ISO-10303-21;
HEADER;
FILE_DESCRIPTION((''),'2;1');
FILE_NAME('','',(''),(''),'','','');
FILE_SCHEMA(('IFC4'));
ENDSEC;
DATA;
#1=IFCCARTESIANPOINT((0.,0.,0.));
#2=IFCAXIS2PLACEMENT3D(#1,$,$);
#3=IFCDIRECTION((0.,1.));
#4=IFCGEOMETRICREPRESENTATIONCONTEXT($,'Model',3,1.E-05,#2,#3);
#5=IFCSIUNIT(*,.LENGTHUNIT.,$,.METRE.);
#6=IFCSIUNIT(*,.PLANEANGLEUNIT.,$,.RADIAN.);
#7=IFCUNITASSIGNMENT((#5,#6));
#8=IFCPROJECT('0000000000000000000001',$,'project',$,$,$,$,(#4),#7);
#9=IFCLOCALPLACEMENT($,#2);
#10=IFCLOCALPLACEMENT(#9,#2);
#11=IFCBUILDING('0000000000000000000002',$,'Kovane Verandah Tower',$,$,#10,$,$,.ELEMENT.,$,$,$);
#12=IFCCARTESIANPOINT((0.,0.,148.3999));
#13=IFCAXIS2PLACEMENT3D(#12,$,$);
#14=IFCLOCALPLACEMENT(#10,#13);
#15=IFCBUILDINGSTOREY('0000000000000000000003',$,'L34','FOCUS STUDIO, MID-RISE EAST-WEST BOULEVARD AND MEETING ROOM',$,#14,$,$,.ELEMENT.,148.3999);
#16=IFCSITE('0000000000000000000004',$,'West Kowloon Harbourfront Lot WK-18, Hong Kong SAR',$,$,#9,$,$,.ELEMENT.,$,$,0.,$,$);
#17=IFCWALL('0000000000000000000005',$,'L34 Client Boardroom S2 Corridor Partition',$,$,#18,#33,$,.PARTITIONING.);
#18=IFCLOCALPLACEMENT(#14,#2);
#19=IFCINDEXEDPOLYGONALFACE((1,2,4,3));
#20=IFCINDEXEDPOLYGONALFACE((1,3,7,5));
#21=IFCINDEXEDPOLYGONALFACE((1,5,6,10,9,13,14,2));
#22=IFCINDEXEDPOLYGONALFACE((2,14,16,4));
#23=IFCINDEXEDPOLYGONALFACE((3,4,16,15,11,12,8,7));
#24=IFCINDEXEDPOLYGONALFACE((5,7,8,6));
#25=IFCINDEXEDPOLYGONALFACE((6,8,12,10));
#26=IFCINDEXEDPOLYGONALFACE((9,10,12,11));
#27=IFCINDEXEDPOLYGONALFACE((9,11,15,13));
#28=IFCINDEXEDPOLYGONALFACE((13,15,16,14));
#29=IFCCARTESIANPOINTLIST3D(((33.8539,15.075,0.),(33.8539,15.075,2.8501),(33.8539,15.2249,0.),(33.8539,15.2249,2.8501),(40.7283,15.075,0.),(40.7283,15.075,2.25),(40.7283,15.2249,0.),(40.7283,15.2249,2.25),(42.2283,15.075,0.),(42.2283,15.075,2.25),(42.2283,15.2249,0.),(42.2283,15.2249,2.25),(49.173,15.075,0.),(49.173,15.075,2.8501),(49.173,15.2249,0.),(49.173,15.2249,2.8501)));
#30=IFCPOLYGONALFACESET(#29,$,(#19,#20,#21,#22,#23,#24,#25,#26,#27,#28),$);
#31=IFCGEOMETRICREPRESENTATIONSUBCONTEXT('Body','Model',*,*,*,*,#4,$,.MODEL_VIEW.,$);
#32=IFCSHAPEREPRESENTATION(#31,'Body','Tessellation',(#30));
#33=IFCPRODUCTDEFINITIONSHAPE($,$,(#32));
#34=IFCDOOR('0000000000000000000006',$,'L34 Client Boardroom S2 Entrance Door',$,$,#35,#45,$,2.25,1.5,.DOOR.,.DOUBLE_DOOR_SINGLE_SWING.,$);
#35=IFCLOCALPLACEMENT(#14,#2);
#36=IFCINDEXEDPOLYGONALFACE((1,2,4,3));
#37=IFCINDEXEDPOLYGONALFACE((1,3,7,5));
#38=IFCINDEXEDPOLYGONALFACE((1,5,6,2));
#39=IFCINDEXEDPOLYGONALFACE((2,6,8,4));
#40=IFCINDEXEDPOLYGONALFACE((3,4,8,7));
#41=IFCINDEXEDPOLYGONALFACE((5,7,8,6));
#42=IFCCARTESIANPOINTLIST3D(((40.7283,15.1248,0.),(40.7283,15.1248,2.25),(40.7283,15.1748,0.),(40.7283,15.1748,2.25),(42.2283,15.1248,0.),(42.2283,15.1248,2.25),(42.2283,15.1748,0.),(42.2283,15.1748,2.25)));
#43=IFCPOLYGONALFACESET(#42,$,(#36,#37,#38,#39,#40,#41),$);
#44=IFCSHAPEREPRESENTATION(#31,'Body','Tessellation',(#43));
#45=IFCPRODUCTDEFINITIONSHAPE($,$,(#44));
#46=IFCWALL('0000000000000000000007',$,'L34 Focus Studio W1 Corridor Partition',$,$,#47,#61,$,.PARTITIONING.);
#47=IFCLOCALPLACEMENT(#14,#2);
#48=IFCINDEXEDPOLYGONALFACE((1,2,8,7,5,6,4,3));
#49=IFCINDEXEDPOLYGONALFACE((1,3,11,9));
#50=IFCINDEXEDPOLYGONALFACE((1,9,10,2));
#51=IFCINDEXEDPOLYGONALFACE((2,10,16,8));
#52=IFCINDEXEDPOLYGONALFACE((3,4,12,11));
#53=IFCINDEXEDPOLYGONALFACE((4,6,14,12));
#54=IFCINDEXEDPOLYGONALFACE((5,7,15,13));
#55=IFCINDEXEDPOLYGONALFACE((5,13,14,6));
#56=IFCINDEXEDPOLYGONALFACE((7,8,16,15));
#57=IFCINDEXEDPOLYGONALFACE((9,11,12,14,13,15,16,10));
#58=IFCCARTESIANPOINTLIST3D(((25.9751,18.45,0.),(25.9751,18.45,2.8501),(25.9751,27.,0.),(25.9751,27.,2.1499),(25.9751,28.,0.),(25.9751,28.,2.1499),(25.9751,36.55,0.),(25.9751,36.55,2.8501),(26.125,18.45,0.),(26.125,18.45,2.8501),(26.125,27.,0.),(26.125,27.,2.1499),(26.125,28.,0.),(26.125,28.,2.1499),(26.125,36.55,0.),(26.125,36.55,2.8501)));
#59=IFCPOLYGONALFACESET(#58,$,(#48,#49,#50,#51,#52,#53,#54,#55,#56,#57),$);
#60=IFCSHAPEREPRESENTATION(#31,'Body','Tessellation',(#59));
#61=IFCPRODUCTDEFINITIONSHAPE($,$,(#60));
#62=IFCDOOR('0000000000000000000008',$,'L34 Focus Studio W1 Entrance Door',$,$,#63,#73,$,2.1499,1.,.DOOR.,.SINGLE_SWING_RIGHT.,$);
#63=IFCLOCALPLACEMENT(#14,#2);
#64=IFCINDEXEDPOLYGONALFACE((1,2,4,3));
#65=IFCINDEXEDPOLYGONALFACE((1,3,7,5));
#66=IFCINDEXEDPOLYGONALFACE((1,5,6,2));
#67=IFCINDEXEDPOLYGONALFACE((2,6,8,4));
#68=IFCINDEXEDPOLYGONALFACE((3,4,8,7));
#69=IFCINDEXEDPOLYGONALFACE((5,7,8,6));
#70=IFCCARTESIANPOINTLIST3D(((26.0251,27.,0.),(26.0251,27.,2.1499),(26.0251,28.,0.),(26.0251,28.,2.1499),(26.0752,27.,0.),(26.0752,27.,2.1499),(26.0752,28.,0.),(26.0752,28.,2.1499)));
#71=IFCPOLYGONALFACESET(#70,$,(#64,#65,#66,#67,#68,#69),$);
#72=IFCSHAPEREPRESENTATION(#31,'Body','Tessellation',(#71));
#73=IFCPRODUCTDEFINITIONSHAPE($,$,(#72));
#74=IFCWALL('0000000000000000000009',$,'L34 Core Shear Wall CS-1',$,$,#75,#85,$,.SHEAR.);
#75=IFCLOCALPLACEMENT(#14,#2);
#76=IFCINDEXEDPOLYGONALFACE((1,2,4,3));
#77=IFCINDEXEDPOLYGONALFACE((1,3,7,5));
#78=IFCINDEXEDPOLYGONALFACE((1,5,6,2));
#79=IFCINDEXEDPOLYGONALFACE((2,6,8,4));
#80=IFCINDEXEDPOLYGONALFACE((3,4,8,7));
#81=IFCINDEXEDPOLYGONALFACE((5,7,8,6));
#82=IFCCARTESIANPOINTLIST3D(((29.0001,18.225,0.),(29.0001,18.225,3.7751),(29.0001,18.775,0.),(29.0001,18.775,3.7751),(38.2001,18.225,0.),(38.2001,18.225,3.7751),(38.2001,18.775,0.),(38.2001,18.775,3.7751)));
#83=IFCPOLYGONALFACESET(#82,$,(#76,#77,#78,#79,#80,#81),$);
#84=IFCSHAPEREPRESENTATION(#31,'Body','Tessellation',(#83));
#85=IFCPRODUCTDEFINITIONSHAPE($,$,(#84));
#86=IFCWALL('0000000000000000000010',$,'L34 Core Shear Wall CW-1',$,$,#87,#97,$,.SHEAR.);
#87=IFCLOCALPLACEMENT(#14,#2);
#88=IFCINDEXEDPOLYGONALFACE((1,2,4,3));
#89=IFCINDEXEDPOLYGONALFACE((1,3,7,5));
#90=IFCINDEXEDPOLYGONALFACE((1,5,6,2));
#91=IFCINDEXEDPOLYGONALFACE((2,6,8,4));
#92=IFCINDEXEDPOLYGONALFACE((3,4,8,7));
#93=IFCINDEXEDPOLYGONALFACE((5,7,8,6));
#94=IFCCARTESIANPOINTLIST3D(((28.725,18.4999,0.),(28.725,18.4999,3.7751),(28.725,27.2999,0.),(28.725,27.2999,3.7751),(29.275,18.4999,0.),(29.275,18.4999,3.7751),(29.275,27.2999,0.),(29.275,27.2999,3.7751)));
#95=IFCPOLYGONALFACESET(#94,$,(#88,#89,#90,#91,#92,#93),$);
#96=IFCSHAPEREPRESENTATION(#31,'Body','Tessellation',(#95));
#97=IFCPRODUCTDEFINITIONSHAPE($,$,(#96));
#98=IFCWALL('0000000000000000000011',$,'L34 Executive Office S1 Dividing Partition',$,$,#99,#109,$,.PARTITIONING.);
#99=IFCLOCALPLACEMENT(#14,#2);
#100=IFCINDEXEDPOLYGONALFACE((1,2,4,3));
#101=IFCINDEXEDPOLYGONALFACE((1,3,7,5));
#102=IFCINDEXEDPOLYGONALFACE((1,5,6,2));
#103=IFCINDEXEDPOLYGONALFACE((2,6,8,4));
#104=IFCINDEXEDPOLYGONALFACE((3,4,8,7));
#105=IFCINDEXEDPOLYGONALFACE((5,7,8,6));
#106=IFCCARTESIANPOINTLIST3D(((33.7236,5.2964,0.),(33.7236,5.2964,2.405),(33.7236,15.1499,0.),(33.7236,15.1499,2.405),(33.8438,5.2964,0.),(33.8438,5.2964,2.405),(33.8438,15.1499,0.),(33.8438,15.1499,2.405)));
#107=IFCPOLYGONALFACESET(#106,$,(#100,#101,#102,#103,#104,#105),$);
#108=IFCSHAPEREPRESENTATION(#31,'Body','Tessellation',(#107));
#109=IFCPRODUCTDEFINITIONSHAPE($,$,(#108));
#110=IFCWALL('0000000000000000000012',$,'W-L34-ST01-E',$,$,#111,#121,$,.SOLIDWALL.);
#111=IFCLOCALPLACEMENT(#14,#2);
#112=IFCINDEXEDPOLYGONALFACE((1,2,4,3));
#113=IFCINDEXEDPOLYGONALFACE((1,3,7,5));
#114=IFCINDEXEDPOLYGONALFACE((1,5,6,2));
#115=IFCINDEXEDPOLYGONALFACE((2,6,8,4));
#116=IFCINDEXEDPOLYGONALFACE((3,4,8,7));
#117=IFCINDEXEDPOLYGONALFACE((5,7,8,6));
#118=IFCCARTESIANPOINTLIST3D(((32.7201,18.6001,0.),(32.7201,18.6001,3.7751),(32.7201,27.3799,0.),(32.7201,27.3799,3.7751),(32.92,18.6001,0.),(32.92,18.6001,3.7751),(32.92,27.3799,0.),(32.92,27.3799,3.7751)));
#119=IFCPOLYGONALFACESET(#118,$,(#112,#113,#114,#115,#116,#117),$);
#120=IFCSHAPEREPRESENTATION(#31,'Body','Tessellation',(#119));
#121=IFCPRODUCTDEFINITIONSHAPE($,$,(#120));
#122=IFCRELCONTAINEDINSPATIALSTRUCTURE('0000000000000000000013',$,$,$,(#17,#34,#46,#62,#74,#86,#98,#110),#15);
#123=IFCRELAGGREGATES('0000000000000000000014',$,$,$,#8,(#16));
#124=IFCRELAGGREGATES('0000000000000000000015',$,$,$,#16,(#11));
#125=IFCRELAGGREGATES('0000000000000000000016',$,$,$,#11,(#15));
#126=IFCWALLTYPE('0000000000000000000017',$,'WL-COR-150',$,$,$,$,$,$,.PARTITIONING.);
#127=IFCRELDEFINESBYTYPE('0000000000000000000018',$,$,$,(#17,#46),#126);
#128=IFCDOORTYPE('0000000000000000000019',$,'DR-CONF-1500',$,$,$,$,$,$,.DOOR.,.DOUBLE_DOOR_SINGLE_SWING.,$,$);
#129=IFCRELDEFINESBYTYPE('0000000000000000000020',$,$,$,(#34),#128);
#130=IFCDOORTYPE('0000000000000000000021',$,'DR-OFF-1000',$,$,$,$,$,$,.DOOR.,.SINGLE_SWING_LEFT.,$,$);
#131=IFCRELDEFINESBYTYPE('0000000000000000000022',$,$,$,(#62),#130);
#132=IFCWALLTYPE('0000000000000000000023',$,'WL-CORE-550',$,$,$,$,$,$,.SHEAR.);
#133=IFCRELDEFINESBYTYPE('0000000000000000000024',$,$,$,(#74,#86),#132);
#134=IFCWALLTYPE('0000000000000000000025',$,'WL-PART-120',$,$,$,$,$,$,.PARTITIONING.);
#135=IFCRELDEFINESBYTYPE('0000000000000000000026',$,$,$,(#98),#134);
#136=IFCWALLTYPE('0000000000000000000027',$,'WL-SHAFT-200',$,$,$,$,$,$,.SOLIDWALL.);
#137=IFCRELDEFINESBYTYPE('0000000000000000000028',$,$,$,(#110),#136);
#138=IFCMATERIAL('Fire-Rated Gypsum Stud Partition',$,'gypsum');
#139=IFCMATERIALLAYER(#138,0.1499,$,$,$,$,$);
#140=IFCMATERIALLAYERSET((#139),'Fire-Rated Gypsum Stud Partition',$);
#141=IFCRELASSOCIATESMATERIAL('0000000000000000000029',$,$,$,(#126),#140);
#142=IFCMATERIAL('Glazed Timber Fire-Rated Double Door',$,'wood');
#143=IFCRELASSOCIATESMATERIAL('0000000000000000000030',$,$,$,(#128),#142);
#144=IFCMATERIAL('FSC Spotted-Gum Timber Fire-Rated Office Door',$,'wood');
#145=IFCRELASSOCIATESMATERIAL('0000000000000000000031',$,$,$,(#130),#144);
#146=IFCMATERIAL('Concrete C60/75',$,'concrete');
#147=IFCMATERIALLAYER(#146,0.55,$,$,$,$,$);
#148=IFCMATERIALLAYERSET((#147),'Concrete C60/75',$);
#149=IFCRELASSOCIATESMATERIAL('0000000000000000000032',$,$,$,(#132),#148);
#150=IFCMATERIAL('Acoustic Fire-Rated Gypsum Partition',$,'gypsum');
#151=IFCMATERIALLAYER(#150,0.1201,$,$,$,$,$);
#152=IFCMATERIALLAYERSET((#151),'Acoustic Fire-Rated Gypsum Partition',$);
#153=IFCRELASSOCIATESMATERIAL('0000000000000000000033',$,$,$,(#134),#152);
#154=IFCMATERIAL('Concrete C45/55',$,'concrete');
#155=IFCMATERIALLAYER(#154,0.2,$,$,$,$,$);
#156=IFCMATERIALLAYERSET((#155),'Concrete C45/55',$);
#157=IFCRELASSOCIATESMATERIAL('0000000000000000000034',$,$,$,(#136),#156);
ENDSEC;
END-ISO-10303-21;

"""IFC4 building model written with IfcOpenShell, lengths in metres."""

from ifc_helpers import new_model, si_unit, direction, frame, frame_2d, origin, place, context, subcontext, project, spatial, rectangle, extrude, material, layer, layer_set, type_object, element, fill, save


model = new_model("IFC4")

# Units and contexts
model_context = context("Model", 3, precision=1e-05, world=origin(), true_north=direction((0.0, 1.0)))
body_context = subcontext(model_context, "Body", "Model", "MODEL_VIEW")
ifc_project = project(units=[si_unit("LENGTHUNIT", "METRE"), si_unit("PLANEANGLEUNIT", "RADIAN")], contexts=[model_context])

# Site, building, storey
site_placement = place(None, origin())
site = spatial("IfcSite", under=ifc_project, at=site_placement, Name="West Kowloon Harbourfront Lot WK-18, Hong Kong SAR", CompositionType="ELEMENT", RefElevation=0.0)
building_placement = place(site_placement, origin())
building = spatial("IfcBuilding", under=site, at=building_placement, Name="Kovane Verandah Tower", CompositionType="ELEMENT")
storey_placement = place(building_placement, frame((0.0, 0.0, 148.3999)))
storey = spatial("IfcBuildingStorey", under=building, at=storey_placement, Name="L34", Description="FOCUS STUDIO, MID-RISE EAST-WEST BOULEVARD AND MEETING ROOM", CompositionType="ELEMENT", Elevation=148.3999)

# Walls, openings, doors
ifc_material_1 = material(Name="Fire-Rated Gypsum Stud Partition", Category="gypsum")
ifc_layer_1 = layer(ifc_material_1, 0.1499)
ifc_layer_set_1 = layer_set([ifc_layer_1], Name="Fire-Rated Gypsum Stud Partition")
wall_type_1 = type_object("IfcWallType", Name="WL-COR-150", PredefinedType="PARTITIONING", material=ifc_layer_set_1)
wall_1_placement = place(storey_placement, frame((33.8538, 15.1499, 0.0), z_axis=(0.0, 0.0, 1.0), x_axis=(1.0, 0.0, 0.0)))
wall_1 = element("IfcWall", 1, at=wall_1_placement, inside=storey, type_object=wall_type_1, Name="L34 Client Boardroom S2 Corridor Partition", PredefinedType="PARTITIONING", context=body_context, shape_type="SweptSolid", body=[
    extrude(rectangle(XDim=15.3191, YDim=0.1499, at=frame_2d((7.6597, 0.0))), origin(), (0.0, 0.0, 1.0), 2.8501),
])
opening_1_placement = place(wall_1_placement, frame((6.8745, 0.0, 0.0)))
opening_1 = element("IfcOpeningElement", 2, at=opening_1_placement, cuts=wall_1, PredefinedType="OPENING", context=body_context, shape_type="SweptSolid", body=[
    extrude(rectangle(XDim=1.5, YDim=2.25, at=frame_2d((0.75, 1.125))), frame((0.0, 0.075, 0.0), z_axis=(0.0, -1.0, 0.0), x_axis=(1.0, 0.0, 0.0)), (0.0, 0.0, 1.0), 0.1499),
])
ifc_material_2 = material(Name="Glazed Timber Fire-Rated Double Door", Category="wood")
door_type_1 = type_object("IfcDoorType", Name="DR-CONF-1500", OperationType="DOUBLE_DOOR_SINGLE_SWING", PredefinedType="DOOR", material=ifc_material_2)
door_1_placement = place(opening_1_placement, origin())
door_1 = element("IfcDoor", 3, at=door_1_placement, inside=storey, type_object=door_type_1, Name="L34 Client Boardroom S2 Entrance Door", OperationType="DOUBLE_DOOR_SINGLE_SWING", OverallHeight=2.25, OverallWidth=1.5, PredefinedType="DOOR", context=body_context, shape_type="SweptSolid", body=[
    extrude(rectangle(XDim=1.5, YDim=2.25, at=frame_2d((0.75, 1.125))), frame((0.0, 0.0249, 0.0), z_axis=(0.0, -1.0, 0.0), x_axis=(1.0, 0.0, 0.0)), (0.0, 0.0, 1.0), 0.05),
])
fill(opening_1, door_1)
wall_2_placement = place(storey_placement, frame((26.05, 18.45, 0.0), z_axis=(0.0, 0.0, 1.0), x_axis=(0.0, 1.0, 0.0)))
wall_2 = element("IfcWall", 4, at=wall_2_placement, inside=storey, type_object=wall_type_1, Name="L34 Focus Studio W1 Corridor Partition", PredefinedType="PARTITIONING", context=body_context, shape_type="SweptSolid", body=[
    extrude(rectangle(XDim=18.1001, YDim=0.1499, at=frame_2d((9.05, 0.0))), origin(), (0.0, 0.0, 1.0), 2.8501),
])
opening_2_placement = place(wall_2_placement, frame((8.55, 0.0, 0.0)))
opening_2 = element("IfcOpeningElement", 5, at=opening_2_placement, cuts=wall_2, PredefinedType="OPENING", context=body_context, shape_type="SweptSolid", body=[
    extrude(rectangle(XDim=1.0, YDim=2.1499, at=frame_2d((0.5, 1.075))), frame((0.0, 0.075, 0.0), z_axis=(0.0, -1.0, 0.0), x_axis=(1.0, 0.0, 0.0)), (0.0, 0.0, 1.0), 0.1499),
])
ifc_material_3 = material(Name="FSC Spotted-Gum Timber Fire-Rated Office Door", Category="wood")
door_type_2 = type_object("IfcDoorType", Name="DR-OFF-1000", OperationType="SINGLE_SWING_LEFT", PredefinedType="DOOR", material=ifc_material_3)
door_2_placement = place(opening_2_placement, origin())
door_2 = element("IfcDoor", 6, at=door_2_placement, inside=storey, type_object=door_type_2, Name="L34 Focus Studio W1 Entrance Door", OperationType="SINGLE_SWING_RIGHT", OverallHeight=2.1499, OverallWidth=1.0, PredefinedType="DOOR", context=body_context, shape_type="SweptSolid", body=[
    extrude(rectangle(XDim=1.0, YDim=2.1499, at=frame_2d((0.5, 1.075))), frame((0.0, 0.0249, 0.0), z_axis=(0.0, -1.0, 0.0), x_axis=(1.0, 0.0, 0.0)), (0.0, 0.0, 1.0), 0.05),
])
fill(opening_2, door_2)

# Walls
ifc_material_4 = material(Name="Concrete C60/75", Category="concrete")
ifc_layer_2 = layer(ifc_material_4, 0.55)
ifc_layer_set_2 = layer_set([ifc_layer_2], Name="Concrete C60/75")
wall_type_2 = type_object("IfcWallType", Name="WL-CORE-550", PredefinedType="SHEAR", material=ifc_layer_set_2)
wall_3_placement = place(storey_placement, frame((29.0, 18.5, 0.0), z_axis=(0.0, 0.0, 1.0), x_axis=(1.0, 0.0, 0.0)))
element("IfcWall", 7, at=wall_3_placement, inside=storey, type_object=wall_type_2, Name="L34 Core Shear Wall CS-1", PredefinedType="SHEAR", context=body_context, shape_type="SweptSolid", body=[
    extrude(rectangle(XDim=9.2, YDim=0.55, at=frame_2d((4.6001, 0.0))), origin(), (0.0, 0.0, 1.0), 3.7751),
])
wall_4_placement = place(storey_placement, frame((29.0, 18.5, 0.0), z_axis=(0.0, 0.0, 1.0), x_axis=(0.0, 1.0, 0.0)))
element("IfcWall", 8, at=wall_4_placement, inside=storey, type_object=wall_type_2, Name="L34 Core Shear Wall CW-1", PredefinedType="SHEAR", context=body_context, shape_type="SweptSolid", body=[
    extrude(rectangle(XDim=8.8, YDim=0.55, at=frame_2d((4.3999, 0.0))), origin(), (0.0, 0.0, 1.0), 3.7751),
])
ifc_material_5 = material(Name="Acoustic Fire-Rated Gypsum Partition", Category="gypsum")
ifc_layer_3 = layer(ifc_material_5, 0.1201)
ifc_layer_set_3 = layer_set([ifc_layer_3], Name="Acoustic Fire-Rated Gypsum Partition")
wall_type_3 = type_object("IfcWallType", Name="WL-PART-120", PredefinedType="PARTITIONING", material=ifc_layer_set_3)
wall_5_placement = place(storey_placement, frame((33.7837, 5.2964, 0.0), z_axis=(0.0, 0.0, 1.0), x_axis=(0.0, 1.0, 0.0)))
element("IfcWall", 9, at=wall_5_placement, inside=storey, type_object=wall_type_3, Name="L34 Executive Office S1 Dividing Partition", PredefinedType="PARTITIONING", context=body_context, shape_type="SweptSolid", body=[
    extrude(rectangle(XDim=9.8535, YDim=0.1201, at=frame_2d((4.9268, 0.0))), origin(), (0.0, 0.0, 1.0), 2.405),
])
ifc_material_6 = material(Name="Concrete C45/55", Category="concrete")
ifc_layer_4 = layer(ifc_material_6, 0.2)
ifc_layer_set_4 = layer_set([ifc_layer_4], Name="Concrete C45/55")
wall_type_4 = type_object("IfcWallType", Name="WL-SHAFT-200", PredefinedType="SOLIDWALL", material=ifc_layer_set_4)
wall_6_placement = place(storey_placement, frame((32.8201, 18.6001, 0.0), z_axis=(0.0, 0.0, 1.0), x_axis=(0.0, 1.0, 0.0)))
element("IfcWall", 10, at=wall_6_placement, inside=storey, type_object=wall_type_4, Name="W-L34-ST01-E", PredefinedType="SOLIDWALL", context=body_context, shape_type="SweptSolid", body=[
    extrude(rectangle(XDim=8.7798, YDim=0.2, at=frame_2d((4.3899, 0.0))), origin(), (0.0, 0.0, 1.0), 3.7751),
])

save(model, "model.ifc")
